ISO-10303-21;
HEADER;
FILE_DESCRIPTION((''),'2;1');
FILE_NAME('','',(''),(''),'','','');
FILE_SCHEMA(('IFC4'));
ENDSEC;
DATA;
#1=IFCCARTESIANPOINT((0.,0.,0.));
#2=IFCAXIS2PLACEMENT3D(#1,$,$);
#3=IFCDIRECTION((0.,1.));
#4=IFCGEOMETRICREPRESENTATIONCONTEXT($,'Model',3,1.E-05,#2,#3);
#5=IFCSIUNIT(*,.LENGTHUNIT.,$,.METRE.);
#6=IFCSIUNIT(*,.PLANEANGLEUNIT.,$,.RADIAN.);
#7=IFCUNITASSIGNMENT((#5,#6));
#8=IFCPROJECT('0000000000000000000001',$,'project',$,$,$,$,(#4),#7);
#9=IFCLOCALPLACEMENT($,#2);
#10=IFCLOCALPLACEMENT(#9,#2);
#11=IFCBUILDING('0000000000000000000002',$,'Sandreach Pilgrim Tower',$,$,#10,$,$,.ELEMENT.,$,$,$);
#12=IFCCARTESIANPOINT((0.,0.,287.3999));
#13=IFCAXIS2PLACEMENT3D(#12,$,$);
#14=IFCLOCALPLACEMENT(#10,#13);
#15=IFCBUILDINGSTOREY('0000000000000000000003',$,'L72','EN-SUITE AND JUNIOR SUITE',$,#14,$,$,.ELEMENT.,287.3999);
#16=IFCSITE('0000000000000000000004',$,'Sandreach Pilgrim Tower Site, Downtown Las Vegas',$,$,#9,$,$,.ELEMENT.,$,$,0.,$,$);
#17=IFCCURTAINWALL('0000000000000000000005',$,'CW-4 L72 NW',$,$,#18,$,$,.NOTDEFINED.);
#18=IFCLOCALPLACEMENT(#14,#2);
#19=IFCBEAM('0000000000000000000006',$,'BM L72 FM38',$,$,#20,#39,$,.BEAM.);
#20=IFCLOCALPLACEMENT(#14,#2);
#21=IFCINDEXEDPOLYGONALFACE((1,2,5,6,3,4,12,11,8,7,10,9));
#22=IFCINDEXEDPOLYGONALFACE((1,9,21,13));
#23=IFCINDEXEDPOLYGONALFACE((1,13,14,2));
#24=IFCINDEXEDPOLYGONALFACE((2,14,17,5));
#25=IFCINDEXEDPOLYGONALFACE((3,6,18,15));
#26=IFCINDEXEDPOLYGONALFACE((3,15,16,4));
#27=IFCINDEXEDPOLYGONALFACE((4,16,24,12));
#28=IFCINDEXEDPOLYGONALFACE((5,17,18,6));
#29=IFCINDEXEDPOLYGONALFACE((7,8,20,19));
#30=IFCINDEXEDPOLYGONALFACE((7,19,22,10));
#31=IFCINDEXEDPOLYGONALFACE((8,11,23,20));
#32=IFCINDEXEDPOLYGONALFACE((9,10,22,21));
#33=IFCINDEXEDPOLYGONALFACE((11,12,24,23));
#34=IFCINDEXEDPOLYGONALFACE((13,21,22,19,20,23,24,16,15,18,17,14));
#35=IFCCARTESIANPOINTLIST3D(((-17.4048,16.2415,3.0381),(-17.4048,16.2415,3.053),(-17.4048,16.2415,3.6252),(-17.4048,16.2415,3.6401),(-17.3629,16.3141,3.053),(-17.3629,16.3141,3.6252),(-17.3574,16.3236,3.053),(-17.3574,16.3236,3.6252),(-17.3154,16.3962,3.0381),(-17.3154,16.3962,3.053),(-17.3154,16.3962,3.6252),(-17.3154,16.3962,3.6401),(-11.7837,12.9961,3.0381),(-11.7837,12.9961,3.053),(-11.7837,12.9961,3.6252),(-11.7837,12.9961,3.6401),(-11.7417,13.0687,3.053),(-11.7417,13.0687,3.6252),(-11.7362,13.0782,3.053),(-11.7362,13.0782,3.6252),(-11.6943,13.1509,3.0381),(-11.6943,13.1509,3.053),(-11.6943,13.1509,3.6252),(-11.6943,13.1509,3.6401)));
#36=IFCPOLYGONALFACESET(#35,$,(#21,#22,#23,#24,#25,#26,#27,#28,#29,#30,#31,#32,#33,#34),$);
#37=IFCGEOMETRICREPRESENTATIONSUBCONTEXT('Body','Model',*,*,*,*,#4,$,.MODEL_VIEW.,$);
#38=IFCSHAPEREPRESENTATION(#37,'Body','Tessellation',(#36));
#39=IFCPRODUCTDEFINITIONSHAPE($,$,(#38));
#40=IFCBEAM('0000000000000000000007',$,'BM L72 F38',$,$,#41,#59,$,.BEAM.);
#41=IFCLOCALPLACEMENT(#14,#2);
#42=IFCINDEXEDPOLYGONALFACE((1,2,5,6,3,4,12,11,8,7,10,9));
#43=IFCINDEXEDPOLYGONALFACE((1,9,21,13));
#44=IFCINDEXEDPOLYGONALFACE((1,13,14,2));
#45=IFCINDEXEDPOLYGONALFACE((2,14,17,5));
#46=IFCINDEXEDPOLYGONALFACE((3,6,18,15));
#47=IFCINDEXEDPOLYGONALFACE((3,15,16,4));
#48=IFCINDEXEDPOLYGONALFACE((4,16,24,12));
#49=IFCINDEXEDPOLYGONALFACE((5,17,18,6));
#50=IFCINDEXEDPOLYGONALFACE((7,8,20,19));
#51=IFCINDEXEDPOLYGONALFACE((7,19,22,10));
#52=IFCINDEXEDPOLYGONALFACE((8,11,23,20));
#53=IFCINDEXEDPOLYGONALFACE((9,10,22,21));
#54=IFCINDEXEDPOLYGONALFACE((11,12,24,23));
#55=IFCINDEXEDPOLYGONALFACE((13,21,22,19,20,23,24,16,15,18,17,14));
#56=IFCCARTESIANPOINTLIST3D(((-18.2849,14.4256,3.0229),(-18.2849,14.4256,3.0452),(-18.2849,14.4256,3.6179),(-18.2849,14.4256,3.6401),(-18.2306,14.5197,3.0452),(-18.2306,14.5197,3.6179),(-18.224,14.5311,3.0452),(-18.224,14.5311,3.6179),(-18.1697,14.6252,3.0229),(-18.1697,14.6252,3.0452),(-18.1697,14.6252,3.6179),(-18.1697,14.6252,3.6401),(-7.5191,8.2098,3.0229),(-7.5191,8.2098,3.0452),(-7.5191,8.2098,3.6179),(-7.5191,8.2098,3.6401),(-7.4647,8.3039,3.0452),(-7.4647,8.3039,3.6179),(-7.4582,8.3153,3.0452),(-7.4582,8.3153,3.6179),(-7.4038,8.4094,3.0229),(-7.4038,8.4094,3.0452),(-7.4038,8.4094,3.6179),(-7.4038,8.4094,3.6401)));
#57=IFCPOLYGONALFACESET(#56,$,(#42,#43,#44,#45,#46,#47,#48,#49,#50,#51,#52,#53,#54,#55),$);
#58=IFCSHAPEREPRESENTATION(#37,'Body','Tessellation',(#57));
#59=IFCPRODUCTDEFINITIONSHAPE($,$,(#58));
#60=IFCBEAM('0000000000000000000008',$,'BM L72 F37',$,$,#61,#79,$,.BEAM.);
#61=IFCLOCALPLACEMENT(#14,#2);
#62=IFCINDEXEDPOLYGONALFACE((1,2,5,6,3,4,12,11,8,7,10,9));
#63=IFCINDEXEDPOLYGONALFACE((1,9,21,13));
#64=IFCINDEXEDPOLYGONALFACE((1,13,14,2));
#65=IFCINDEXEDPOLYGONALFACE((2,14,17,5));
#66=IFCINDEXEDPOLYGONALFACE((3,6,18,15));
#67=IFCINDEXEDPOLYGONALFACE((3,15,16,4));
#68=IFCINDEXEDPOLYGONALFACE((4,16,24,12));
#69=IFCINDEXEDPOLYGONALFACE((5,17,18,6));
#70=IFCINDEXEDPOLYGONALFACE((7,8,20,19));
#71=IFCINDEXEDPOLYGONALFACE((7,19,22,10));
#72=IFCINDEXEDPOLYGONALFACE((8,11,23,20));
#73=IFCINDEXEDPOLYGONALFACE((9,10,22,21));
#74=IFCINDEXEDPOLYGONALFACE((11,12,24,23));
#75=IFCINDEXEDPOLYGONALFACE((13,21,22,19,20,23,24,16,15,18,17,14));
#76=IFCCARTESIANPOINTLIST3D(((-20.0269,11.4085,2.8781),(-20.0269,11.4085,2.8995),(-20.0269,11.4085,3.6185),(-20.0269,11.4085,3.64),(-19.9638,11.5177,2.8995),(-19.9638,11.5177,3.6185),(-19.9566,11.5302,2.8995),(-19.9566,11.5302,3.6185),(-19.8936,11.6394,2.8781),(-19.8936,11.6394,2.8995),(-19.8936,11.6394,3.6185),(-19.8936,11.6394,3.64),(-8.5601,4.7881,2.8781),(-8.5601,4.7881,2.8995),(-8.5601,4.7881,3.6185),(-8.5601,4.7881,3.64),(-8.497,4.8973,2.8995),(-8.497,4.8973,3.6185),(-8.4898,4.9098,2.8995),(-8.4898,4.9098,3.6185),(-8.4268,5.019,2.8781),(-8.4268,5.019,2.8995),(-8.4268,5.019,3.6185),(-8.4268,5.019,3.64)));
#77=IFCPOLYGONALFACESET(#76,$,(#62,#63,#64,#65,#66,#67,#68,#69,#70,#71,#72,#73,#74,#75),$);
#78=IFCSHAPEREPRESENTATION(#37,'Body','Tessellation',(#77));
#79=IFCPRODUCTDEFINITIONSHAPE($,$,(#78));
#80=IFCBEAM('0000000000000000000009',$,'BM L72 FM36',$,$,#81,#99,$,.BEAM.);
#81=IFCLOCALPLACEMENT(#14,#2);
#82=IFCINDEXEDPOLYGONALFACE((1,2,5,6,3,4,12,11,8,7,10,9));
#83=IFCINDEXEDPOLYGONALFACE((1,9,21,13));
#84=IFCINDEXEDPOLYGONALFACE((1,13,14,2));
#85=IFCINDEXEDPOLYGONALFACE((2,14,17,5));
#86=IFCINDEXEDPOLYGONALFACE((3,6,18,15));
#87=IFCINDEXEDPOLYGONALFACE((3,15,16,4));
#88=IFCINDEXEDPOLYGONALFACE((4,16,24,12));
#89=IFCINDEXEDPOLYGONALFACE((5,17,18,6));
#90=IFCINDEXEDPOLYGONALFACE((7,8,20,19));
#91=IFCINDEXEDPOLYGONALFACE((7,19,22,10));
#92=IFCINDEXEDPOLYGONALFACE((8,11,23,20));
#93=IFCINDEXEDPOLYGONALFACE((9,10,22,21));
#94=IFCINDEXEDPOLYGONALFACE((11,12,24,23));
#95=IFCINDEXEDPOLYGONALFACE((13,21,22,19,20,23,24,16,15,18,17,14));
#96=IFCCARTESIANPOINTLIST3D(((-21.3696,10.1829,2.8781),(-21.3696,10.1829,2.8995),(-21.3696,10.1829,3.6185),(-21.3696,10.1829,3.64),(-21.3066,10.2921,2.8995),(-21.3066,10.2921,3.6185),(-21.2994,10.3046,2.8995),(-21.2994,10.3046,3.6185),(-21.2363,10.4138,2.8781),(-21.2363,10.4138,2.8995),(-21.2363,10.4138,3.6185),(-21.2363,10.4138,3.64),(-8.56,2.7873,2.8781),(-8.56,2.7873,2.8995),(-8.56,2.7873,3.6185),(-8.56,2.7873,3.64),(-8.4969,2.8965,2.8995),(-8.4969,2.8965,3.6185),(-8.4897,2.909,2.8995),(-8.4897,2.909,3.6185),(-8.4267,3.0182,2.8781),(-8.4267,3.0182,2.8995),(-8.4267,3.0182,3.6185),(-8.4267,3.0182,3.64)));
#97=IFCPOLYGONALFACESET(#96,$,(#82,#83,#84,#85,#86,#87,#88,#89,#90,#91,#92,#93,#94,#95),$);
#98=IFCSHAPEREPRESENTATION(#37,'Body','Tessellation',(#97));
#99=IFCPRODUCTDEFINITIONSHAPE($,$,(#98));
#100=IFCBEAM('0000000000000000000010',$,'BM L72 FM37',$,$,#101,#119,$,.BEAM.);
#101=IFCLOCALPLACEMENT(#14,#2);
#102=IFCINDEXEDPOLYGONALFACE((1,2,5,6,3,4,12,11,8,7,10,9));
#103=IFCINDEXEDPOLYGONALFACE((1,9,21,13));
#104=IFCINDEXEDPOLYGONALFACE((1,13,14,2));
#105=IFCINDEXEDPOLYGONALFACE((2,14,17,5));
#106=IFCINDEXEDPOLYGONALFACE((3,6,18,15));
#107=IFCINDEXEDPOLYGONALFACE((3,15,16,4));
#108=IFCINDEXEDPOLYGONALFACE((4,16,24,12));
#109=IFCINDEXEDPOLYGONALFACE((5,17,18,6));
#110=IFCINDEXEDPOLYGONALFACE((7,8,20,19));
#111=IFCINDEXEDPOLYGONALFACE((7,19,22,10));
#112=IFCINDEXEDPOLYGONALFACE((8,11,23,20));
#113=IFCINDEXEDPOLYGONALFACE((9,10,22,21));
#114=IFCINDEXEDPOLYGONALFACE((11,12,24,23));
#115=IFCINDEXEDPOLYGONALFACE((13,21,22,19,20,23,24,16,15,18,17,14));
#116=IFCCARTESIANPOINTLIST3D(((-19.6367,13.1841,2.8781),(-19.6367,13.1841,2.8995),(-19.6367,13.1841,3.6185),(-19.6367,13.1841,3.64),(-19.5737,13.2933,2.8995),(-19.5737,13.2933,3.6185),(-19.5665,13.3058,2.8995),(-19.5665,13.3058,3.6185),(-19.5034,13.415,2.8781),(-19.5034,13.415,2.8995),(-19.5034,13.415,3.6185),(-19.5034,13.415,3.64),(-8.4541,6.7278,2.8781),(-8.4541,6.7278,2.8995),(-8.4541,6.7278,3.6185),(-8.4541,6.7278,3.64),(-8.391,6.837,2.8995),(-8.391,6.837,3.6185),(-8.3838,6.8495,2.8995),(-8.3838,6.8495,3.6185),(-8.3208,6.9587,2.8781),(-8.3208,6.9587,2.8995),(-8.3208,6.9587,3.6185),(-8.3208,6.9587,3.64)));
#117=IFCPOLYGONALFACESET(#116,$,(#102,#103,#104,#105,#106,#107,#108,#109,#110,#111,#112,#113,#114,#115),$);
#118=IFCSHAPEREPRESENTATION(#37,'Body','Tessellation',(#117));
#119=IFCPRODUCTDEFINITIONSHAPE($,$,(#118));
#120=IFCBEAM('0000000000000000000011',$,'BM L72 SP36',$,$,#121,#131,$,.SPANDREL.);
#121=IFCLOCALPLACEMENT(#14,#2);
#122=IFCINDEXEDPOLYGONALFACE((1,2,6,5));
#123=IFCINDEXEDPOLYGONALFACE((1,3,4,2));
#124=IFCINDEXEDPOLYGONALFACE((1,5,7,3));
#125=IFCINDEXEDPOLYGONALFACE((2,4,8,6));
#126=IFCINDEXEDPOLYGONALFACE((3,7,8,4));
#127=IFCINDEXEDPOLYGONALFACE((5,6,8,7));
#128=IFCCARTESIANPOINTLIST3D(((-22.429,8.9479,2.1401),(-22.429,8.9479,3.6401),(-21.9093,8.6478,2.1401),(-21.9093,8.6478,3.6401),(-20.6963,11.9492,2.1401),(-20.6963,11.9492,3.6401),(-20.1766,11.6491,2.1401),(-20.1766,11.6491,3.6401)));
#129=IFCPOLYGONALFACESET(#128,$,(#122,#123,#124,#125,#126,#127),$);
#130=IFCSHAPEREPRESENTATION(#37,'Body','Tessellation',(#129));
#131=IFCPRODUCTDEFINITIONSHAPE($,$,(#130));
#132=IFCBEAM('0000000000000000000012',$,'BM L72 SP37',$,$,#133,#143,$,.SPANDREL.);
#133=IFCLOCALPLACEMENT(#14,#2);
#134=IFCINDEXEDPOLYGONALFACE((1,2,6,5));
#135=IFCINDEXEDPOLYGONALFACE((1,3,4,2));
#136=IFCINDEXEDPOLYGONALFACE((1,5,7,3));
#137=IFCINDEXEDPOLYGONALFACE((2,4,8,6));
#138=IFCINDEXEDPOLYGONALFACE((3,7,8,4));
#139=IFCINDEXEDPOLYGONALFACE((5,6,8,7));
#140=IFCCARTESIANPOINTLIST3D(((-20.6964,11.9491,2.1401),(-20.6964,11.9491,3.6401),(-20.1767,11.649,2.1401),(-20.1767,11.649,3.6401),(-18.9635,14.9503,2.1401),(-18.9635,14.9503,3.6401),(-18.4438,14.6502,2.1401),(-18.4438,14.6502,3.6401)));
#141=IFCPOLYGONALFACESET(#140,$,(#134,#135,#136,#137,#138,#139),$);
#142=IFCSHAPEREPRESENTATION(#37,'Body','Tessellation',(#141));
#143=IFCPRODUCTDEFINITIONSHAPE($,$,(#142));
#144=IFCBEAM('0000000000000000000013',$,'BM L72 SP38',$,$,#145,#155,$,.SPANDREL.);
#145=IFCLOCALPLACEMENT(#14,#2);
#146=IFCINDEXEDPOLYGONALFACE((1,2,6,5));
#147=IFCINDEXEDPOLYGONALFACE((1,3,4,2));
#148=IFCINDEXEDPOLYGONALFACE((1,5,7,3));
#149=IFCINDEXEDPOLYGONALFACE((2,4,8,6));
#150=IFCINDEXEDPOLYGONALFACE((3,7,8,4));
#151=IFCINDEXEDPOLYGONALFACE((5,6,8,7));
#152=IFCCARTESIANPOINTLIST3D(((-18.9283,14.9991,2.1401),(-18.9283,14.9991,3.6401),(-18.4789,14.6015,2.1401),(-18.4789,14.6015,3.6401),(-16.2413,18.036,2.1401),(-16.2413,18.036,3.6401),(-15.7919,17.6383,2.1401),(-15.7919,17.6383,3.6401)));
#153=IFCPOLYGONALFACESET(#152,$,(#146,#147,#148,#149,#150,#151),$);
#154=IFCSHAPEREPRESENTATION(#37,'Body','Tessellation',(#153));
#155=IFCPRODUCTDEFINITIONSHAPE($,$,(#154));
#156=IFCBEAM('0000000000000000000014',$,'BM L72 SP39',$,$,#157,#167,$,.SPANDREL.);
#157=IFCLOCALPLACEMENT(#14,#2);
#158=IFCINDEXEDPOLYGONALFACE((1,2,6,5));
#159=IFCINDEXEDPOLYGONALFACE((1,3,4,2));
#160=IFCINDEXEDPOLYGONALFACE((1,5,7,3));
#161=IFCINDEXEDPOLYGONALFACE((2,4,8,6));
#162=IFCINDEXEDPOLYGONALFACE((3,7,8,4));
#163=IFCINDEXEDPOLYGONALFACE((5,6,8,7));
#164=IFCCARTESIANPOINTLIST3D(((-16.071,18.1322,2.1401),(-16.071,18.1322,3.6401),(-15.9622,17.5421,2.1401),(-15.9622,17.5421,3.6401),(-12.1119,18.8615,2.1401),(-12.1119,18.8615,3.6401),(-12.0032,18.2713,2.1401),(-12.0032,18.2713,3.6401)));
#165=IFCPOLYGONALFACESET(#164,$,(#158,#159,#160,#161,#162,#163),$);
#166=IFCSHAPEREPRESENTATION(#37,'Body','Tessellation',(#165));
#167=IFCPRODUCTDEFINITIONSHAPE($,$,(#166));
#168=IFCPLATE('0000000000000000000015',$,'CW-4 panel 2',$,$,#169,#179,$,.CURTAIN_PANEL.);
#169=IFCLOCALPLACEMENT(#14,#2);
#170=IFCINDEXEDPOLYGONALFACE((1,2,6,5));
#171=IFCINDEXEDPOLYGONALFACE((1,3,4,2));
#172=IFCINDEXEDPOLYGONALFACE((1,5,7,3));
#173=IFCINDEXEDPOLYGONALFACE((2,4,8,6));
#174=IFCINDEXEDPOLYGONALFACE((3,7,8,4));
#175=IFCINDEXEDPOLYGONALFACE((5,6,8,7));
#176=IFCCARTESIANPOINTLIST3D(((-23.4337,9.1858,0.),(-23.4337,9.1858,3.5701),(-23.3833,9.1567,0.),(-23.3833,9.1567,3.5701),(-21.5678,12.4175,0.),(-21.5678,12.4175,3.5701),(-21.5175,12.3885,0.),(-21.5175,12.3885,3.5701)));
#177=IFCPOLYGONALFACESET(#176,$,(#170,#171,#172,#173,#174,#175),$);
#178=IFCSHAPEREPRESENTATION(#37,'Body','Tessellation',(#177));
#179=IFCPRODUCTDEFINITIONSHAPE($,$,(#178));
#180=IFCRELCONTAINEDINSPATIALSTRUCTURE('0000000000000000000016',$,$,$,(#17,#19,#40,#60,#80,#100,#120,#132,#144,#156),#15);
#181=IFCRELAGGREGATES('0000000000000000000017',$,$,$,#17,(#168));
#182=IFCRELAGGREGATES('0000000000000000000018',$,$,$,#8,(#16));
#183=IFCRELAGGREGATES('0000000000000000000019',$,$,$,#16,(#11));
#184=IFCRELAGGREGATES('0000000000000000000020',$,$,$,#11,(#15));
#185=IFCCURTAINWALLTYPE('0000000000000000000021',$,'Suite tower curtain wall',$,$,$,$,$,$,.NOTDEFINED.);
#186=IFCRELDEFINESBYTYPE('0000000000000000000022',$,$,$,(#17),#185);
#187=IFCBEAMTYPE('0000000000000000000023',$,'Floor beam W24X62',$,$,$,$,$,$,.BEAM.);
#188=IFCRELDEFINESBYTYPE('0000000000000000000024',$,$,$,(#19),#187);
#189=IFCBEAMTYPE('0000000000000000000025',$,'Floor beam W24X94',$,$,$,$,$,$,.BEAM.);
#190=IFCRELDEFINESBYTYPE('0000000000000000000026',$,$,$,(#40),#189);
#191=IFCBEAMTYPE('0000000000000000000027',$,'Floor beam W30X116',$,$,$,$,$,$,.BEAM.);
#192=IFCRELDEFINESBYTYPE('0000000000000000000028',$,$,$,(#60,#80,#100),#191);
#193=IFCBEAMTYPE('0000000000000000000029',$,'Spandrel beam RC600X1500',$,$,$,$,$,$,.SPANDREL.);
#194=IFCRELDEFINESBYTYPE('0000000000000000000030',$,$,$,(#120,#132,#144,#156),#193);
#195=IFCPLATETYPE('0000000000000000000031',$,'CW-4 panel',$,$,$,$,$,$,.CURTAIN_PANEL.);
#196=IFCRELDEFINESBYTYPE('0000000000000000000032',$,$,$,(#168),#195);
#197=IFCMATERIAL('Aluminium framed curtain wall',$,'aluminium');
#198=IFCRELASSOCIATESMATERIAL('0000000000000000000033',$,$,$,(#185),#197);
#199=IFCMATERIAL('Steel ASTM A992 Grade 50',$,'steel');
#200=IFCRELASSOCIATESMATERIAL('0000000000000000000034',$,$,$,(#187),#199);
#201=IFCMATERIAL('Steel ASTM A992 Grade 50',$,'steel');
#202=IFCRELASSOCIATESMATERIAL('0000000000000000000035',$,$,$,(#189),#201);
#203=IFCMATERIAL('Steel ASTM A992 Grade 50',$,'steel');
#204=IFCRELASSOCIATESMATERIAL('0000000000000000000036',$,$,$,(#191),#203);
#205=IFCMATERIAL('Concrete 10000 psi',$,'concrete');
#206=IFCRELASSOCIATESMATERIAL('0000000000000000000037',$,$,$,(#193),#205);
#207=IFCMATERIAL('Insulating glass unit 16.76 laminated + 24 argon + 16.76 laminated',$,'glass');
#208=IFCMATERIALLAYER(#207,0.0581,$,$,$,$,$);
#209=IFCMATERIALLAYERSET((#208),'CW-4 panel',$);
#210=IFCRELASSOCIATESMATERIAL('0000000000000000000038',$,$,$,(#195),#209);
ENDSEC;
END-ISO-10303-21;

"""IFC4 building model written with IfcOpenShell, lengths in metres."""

from ifc_helpers import new_model, si_unit, direction, frame, origin, origin_2d, place, context, subcontext, project, spatial, rectangle, i_section, extrude, material, layer, layer_set, material_profile, profile_set, type_object, element, aggregate, save


model = new_model("IFC4")

# Units and contexts
model_context = context("Model", 3, precision=1e-05, world=origin(), true_north=direction((0.0, 1.0)))
body_context = subcontext(model_context, "Body", "Model", "MODEL_VIEW")
ifc_project = project(units=[si_unit("LENGTHUNIT", "METRE"), si_unit("PLANEANGLEUNIT", "RADIAN")], contexts=[model_context])

# Site, building, storey
site_placement = place(None, origin())
site = spatial("IfcSite", under=ifc_project, at=site_placement, Name="Sandreach Pilgrim Tower Site, Downtown Las Vegas", CompositionType="ELEMENT", RefElevation=0.0)
building_placement = place(site_placement, origin())
building = spatial("IfcBuilding", under=site, at=building_placement, Name="Sandreach Pilgrim Tower", CompositionType="ELEMENT")
storey_placement = place(building_placement, frame((0.0, 0.0, 287.3999)))
storey = spatial("IfcBuildingStorey", under=building, at=storey_placement, Name="L72", Description="EN-SUITE AND JUNIOR SUITE", CompositionType="ELEMENT", Elevation=287.3999)

# Shared definitions
ifc_material_1 = material(Name="Aluminium framed curtain wall", Category="aluminium")
curtain_wall_type = type_object("IfcCurtainWallType", Name="Suite tower curtain wall", PredefinedType="NOTDEFINED", material=ifc_material_1)

# Curtain wall
curtain_wall_1_placement = place(storey_placement, origin())
curtain_wall_1 = element("IfcCurtainWall", 1, at=curtain_wall_1_placement, inside=storey, type_object=curtain_wall_type, Name="CW-4 L72 NW", PredefinedType="NOTDEFINED")

# Beams
ifc_material_2 = material(Name="Steel ASTM A992 Grade 50", Category="steel")
ifc_material_profile_1 = material_profile(ifc_material_2, i_section(OverallWidth=0.1787, OverallDepth=0.6021, WebThickness=0.011, FlangeThickness=0.0149, at=origin_2d()), Name="W24X62")
ifc_profile_set_1 = profile_set([ifc_material_profile_1], Name="Steel ASTM A992 Grade 50")
beam_type_1 = type_object("IfcBeamType", Name="Floor beam W24X62", PredefinedType="BEAM", material=ifc_profile_set_1)
beam_1_placement = place(storey_placement, frame((-17.3601, 16.3188, 3.3391), z_axis=(0.866024, -0.500002, 0.0), x_axis=(0.500002, 0.866024, 0.0)))
element("IfcBeam", 2, at=beam_1_placement, inside=storey, type_object=beam_type_1, Name="BM L72 FM38", PredefinedType="BEAM", context=body_context, shape_type="SweptSolid", body=[
    extrude(i_section(OverallWidth=0.1787, OverallDepth=0.6021, WebThickness=0.011, FlangeThickness=0.0149, at=origin_2d()), origin(), (0.0, 0.0, 1.0), 6.4907),
])
ifc_material_3 = material(Name="Steel ASTM A992 Grade 50", Category="steel")
ifc_material_profile_2 = material_profile(ifc_material_3, i_section(OverallWidth=0.2305, OverallDepth=0.6172, WebThickness=0.0132, FlangeThickness=0.0222, at=origin_2d()), Name="W24X94")
ifc_profile_set_2 = profile_set([ifc_material_profile_2], Name="Steel ASTM A992 Grade 50")
beam_type_2 = type_object("IfcBeamType", Name="Floor beam W24X94", PredefinedType="BEAM", material=ifc_profile_set_2)
beam_2_placement = place(storey_placement, frame((-18.2273, 14.5254, 3.3315), z_axis=(0.86602, -0.500009, 0.0), x_axis=(0.500009, 0.86602, 0.0)))
element("IfcBeam", 3, at=beam_2_placement, inside=storey, type_object=beam_type_2, Name="BM L72 F38", PredefinedType="BEAM", context=body_context, shape_type="SweptSolid", body=[
    extrude(i_section(OverallWidth=0.2305, OverallDepth=0.6172, WebThickness=0.0132, FlangeThickness=0.0222, at=origin_2d()), origin(), (0.0, 0.0, 1.0), 12.4314),
])
ifc_material_4 = material(Name="Steel ASTM A992 Grade 50", Category="steel")
ifc_material_profile_3 = material_profile(ifc_material_4, i_section(OverallWidth=0.2666, OverallDepth=0.762, WebThickness=0.0144, FlangeThickness=0.0215, at=origin_2d()), Name="W30X116")
ifc_profile_set_3 = profile_set([ifc_material_profile_3], Name="Steel ASTM A992 Grade 50")
beam_type_3 = type_object("IfcBeamType", Name="Floor beam W30X116", PredefinedType="BEAM", material=ifc_profile_set_3)
beam_3_placement = place(storey_placement, frame((-19.9602, 11.5239, 3.259), z_axis=(0.866025, -0.5, 0.0), x_axis=(0.5, 0.866025, 0.0)))
element("IfcBeam", 4, at=beam_3_placement, inside=storey, type_object=beam_type_3, Name="BM L72 F37", PredefinedType="BEAM", context=body_context, shape_type="SweptSolid", body=[
    extrude(i_section(OverallWidth=0.2666, OverallDepth=0.762, WebThickness=0.0144, FlangeThickness=0.0215, at=origin_2d()), origin(), (0.0, 0.0, 1.0), 13.2407),
])
beam_4_placement = place(storey_placement, frame((-21.303, 10.2983, 3.259), z_axis=(0.866028, -0.499995, 0.0), x_axis=(0.499995, 0.866028, 0.0)))
element("IfcBeam", 5, at=beam_4_placement, inside=storey, type_object=beam_type_3, Name="BM L72 FM36", PredefinedType="BEAM", context=body_context, shape_type="SweptSolid", body=[
    extrude(i_section(OverallWidth=0.2666, OverallDepth=0.762, WebThickness=0.0144, FlangeThickness=0.0215, at=origin_2d()), origin(), (0.0, 0.0, 1.0), 14.7913),
])
beam_5_placement = place(storey_placement, frame((-19.5701, 13.2996, 3.259), z_axis=(0.866025, -0.500001, 0.0), x_axis=(0.500001, 0.866025, 0.0)))
element("IfcBeam", 6, at=beam_5_placement, inside=storey, type_object=beam_type_3, Name="BM L72 FM37", PredefinedType="BEAM", context=body_context, shape_type="SweptSolid", body=[
    extrude(i_section(OverallWidth=0.2666, OverallDepth=0.762, WebThickness=0.0144, FlangeThickness=0.0215, at=origin_2d()), origin(), (0.0, 0.0, 1.0), 12.9126),
])
ifc_material_5 = material(Name="Concrete 10000 psi", Category="concrete")
ifc_material_profile_4 = material_profile(ifc_material_5, rectangle(XDim=0.6001, YDim=1.5, at=origin_2d()), Name="RC600X1500")
ifc_profile_set_4 = profile_set([ifc_material_profile_4], Name="Concrete 10000 psi")
beam_type_4 = type_object("IfcBeamType", Name="Spandrel beam RC600X1500", PredefinedType="SPANDREL", material=ifc_profile_set_4)
for number, where, z_axis, x_axis, name in (
    (7, (-22.1692, 8.7979, 2.8901), (0.499981, 0.866037, 0.0), (-0.866037, 0.499981, 0.0), "BM L72 SP36"),
    (8, (-20.4365, 11.7991, 2.8901), (0.500033, 0.866006, 0.0), (-0.866006, 0.500033, 0.0), "BM L72 SP37"),
):
    element("IfcBeam", number, at=place(storey_placement, frame(where, z_axis=z_axis, x_axis=x_axis)), inside=storey, type_object=beam_type_4, Name=name, PredefinedType="SPANDREL", context=body_context, shape_type="SweptSolid", body=[
        extrude(rectangle(XDim=0.6001, YDim=1.5, at=origin_2d()), origin(), (0.0, 0.0, 1.0), 3.4656),
    ])
beam_6_placement = place(storey_placement, frame((-18.7036, 14.8003, 2.8901), z_axis=(0.662651, 0.748929, 0.0), x_axis=(-0.748929, 0.662651, 0.0)))
element("IfcBeam", 9, at=beam_6_placement, inside=storey, type_object=beam_type_4, Name="BM L72 SP38", PredefinedType="SPANDREL", context=body_context, shape_type="SweptSolid", body=[
    extrude(rectangle(XDim=0.6001, YDim=1.5, at=origin_2d()), origin(), (0.0, 0.0, 1.0), 4.0549),
])
beam_7_placement = place(storey_placement, frame((-16.0166, 17.8372, 2.8901), z_axis=(0.983455, 0.181153, 0.0), x_axis=(-0.181153, 0.983455, 0.0)))
element("IfcBeam", 10, at=beam_7_placement, inside=storey, type_object=beam_type_4, Name="BM L72 SP39", PredefinedType="SPANDREL", context=body_context, shape_type="SweptSolid", body=[
    extrude(rectangle(XDim=0.6001, YDim=1.5, at=origin_2d()), origin(), (0.0, 0.0, 1.0), 4.0256),
])

# Plate
ifc_material_6 = material(Name="Insulating glass unit 16.76 laminated + 24 argon + 16.76 laminated", Category="glass")
ifc_layer_1 = layer(ifc_material_6, 0.0581)
ifc_layer_set_1 = layer_set([ifc_layer_1], Name="CW-4 panel")
plate_type = type_object("IfcPlateType", Name="CW-4 panel", PredefinedType="CURTAIN_PANEL", material=ifc_layer_set_1)
plate_1_placement = place(storey_placement, frame((-22.4756, 10.7871, 0.0), z_axis=(0.0, 0.0, 1.0), x_axis=(0.5, 0.866025, 0.0)))
plate_1 = element("IfcPlate", 11, at=plate_1_placement, type_object=plate_type, Name="CW-4 panel 2", PredefinedType="CURTAIN_PANEL", context=body_context, shape_type="SweptSolid", body=[
    extrude(rectangle(XDim=3.7317, YDim=0.0581, at=origin_2d()), origin(), (0.0, 0.0, 1.0), 3.5701),
])
aggregate(curtain_wall_1, [plate_1])

save(model, "model.ifc")
